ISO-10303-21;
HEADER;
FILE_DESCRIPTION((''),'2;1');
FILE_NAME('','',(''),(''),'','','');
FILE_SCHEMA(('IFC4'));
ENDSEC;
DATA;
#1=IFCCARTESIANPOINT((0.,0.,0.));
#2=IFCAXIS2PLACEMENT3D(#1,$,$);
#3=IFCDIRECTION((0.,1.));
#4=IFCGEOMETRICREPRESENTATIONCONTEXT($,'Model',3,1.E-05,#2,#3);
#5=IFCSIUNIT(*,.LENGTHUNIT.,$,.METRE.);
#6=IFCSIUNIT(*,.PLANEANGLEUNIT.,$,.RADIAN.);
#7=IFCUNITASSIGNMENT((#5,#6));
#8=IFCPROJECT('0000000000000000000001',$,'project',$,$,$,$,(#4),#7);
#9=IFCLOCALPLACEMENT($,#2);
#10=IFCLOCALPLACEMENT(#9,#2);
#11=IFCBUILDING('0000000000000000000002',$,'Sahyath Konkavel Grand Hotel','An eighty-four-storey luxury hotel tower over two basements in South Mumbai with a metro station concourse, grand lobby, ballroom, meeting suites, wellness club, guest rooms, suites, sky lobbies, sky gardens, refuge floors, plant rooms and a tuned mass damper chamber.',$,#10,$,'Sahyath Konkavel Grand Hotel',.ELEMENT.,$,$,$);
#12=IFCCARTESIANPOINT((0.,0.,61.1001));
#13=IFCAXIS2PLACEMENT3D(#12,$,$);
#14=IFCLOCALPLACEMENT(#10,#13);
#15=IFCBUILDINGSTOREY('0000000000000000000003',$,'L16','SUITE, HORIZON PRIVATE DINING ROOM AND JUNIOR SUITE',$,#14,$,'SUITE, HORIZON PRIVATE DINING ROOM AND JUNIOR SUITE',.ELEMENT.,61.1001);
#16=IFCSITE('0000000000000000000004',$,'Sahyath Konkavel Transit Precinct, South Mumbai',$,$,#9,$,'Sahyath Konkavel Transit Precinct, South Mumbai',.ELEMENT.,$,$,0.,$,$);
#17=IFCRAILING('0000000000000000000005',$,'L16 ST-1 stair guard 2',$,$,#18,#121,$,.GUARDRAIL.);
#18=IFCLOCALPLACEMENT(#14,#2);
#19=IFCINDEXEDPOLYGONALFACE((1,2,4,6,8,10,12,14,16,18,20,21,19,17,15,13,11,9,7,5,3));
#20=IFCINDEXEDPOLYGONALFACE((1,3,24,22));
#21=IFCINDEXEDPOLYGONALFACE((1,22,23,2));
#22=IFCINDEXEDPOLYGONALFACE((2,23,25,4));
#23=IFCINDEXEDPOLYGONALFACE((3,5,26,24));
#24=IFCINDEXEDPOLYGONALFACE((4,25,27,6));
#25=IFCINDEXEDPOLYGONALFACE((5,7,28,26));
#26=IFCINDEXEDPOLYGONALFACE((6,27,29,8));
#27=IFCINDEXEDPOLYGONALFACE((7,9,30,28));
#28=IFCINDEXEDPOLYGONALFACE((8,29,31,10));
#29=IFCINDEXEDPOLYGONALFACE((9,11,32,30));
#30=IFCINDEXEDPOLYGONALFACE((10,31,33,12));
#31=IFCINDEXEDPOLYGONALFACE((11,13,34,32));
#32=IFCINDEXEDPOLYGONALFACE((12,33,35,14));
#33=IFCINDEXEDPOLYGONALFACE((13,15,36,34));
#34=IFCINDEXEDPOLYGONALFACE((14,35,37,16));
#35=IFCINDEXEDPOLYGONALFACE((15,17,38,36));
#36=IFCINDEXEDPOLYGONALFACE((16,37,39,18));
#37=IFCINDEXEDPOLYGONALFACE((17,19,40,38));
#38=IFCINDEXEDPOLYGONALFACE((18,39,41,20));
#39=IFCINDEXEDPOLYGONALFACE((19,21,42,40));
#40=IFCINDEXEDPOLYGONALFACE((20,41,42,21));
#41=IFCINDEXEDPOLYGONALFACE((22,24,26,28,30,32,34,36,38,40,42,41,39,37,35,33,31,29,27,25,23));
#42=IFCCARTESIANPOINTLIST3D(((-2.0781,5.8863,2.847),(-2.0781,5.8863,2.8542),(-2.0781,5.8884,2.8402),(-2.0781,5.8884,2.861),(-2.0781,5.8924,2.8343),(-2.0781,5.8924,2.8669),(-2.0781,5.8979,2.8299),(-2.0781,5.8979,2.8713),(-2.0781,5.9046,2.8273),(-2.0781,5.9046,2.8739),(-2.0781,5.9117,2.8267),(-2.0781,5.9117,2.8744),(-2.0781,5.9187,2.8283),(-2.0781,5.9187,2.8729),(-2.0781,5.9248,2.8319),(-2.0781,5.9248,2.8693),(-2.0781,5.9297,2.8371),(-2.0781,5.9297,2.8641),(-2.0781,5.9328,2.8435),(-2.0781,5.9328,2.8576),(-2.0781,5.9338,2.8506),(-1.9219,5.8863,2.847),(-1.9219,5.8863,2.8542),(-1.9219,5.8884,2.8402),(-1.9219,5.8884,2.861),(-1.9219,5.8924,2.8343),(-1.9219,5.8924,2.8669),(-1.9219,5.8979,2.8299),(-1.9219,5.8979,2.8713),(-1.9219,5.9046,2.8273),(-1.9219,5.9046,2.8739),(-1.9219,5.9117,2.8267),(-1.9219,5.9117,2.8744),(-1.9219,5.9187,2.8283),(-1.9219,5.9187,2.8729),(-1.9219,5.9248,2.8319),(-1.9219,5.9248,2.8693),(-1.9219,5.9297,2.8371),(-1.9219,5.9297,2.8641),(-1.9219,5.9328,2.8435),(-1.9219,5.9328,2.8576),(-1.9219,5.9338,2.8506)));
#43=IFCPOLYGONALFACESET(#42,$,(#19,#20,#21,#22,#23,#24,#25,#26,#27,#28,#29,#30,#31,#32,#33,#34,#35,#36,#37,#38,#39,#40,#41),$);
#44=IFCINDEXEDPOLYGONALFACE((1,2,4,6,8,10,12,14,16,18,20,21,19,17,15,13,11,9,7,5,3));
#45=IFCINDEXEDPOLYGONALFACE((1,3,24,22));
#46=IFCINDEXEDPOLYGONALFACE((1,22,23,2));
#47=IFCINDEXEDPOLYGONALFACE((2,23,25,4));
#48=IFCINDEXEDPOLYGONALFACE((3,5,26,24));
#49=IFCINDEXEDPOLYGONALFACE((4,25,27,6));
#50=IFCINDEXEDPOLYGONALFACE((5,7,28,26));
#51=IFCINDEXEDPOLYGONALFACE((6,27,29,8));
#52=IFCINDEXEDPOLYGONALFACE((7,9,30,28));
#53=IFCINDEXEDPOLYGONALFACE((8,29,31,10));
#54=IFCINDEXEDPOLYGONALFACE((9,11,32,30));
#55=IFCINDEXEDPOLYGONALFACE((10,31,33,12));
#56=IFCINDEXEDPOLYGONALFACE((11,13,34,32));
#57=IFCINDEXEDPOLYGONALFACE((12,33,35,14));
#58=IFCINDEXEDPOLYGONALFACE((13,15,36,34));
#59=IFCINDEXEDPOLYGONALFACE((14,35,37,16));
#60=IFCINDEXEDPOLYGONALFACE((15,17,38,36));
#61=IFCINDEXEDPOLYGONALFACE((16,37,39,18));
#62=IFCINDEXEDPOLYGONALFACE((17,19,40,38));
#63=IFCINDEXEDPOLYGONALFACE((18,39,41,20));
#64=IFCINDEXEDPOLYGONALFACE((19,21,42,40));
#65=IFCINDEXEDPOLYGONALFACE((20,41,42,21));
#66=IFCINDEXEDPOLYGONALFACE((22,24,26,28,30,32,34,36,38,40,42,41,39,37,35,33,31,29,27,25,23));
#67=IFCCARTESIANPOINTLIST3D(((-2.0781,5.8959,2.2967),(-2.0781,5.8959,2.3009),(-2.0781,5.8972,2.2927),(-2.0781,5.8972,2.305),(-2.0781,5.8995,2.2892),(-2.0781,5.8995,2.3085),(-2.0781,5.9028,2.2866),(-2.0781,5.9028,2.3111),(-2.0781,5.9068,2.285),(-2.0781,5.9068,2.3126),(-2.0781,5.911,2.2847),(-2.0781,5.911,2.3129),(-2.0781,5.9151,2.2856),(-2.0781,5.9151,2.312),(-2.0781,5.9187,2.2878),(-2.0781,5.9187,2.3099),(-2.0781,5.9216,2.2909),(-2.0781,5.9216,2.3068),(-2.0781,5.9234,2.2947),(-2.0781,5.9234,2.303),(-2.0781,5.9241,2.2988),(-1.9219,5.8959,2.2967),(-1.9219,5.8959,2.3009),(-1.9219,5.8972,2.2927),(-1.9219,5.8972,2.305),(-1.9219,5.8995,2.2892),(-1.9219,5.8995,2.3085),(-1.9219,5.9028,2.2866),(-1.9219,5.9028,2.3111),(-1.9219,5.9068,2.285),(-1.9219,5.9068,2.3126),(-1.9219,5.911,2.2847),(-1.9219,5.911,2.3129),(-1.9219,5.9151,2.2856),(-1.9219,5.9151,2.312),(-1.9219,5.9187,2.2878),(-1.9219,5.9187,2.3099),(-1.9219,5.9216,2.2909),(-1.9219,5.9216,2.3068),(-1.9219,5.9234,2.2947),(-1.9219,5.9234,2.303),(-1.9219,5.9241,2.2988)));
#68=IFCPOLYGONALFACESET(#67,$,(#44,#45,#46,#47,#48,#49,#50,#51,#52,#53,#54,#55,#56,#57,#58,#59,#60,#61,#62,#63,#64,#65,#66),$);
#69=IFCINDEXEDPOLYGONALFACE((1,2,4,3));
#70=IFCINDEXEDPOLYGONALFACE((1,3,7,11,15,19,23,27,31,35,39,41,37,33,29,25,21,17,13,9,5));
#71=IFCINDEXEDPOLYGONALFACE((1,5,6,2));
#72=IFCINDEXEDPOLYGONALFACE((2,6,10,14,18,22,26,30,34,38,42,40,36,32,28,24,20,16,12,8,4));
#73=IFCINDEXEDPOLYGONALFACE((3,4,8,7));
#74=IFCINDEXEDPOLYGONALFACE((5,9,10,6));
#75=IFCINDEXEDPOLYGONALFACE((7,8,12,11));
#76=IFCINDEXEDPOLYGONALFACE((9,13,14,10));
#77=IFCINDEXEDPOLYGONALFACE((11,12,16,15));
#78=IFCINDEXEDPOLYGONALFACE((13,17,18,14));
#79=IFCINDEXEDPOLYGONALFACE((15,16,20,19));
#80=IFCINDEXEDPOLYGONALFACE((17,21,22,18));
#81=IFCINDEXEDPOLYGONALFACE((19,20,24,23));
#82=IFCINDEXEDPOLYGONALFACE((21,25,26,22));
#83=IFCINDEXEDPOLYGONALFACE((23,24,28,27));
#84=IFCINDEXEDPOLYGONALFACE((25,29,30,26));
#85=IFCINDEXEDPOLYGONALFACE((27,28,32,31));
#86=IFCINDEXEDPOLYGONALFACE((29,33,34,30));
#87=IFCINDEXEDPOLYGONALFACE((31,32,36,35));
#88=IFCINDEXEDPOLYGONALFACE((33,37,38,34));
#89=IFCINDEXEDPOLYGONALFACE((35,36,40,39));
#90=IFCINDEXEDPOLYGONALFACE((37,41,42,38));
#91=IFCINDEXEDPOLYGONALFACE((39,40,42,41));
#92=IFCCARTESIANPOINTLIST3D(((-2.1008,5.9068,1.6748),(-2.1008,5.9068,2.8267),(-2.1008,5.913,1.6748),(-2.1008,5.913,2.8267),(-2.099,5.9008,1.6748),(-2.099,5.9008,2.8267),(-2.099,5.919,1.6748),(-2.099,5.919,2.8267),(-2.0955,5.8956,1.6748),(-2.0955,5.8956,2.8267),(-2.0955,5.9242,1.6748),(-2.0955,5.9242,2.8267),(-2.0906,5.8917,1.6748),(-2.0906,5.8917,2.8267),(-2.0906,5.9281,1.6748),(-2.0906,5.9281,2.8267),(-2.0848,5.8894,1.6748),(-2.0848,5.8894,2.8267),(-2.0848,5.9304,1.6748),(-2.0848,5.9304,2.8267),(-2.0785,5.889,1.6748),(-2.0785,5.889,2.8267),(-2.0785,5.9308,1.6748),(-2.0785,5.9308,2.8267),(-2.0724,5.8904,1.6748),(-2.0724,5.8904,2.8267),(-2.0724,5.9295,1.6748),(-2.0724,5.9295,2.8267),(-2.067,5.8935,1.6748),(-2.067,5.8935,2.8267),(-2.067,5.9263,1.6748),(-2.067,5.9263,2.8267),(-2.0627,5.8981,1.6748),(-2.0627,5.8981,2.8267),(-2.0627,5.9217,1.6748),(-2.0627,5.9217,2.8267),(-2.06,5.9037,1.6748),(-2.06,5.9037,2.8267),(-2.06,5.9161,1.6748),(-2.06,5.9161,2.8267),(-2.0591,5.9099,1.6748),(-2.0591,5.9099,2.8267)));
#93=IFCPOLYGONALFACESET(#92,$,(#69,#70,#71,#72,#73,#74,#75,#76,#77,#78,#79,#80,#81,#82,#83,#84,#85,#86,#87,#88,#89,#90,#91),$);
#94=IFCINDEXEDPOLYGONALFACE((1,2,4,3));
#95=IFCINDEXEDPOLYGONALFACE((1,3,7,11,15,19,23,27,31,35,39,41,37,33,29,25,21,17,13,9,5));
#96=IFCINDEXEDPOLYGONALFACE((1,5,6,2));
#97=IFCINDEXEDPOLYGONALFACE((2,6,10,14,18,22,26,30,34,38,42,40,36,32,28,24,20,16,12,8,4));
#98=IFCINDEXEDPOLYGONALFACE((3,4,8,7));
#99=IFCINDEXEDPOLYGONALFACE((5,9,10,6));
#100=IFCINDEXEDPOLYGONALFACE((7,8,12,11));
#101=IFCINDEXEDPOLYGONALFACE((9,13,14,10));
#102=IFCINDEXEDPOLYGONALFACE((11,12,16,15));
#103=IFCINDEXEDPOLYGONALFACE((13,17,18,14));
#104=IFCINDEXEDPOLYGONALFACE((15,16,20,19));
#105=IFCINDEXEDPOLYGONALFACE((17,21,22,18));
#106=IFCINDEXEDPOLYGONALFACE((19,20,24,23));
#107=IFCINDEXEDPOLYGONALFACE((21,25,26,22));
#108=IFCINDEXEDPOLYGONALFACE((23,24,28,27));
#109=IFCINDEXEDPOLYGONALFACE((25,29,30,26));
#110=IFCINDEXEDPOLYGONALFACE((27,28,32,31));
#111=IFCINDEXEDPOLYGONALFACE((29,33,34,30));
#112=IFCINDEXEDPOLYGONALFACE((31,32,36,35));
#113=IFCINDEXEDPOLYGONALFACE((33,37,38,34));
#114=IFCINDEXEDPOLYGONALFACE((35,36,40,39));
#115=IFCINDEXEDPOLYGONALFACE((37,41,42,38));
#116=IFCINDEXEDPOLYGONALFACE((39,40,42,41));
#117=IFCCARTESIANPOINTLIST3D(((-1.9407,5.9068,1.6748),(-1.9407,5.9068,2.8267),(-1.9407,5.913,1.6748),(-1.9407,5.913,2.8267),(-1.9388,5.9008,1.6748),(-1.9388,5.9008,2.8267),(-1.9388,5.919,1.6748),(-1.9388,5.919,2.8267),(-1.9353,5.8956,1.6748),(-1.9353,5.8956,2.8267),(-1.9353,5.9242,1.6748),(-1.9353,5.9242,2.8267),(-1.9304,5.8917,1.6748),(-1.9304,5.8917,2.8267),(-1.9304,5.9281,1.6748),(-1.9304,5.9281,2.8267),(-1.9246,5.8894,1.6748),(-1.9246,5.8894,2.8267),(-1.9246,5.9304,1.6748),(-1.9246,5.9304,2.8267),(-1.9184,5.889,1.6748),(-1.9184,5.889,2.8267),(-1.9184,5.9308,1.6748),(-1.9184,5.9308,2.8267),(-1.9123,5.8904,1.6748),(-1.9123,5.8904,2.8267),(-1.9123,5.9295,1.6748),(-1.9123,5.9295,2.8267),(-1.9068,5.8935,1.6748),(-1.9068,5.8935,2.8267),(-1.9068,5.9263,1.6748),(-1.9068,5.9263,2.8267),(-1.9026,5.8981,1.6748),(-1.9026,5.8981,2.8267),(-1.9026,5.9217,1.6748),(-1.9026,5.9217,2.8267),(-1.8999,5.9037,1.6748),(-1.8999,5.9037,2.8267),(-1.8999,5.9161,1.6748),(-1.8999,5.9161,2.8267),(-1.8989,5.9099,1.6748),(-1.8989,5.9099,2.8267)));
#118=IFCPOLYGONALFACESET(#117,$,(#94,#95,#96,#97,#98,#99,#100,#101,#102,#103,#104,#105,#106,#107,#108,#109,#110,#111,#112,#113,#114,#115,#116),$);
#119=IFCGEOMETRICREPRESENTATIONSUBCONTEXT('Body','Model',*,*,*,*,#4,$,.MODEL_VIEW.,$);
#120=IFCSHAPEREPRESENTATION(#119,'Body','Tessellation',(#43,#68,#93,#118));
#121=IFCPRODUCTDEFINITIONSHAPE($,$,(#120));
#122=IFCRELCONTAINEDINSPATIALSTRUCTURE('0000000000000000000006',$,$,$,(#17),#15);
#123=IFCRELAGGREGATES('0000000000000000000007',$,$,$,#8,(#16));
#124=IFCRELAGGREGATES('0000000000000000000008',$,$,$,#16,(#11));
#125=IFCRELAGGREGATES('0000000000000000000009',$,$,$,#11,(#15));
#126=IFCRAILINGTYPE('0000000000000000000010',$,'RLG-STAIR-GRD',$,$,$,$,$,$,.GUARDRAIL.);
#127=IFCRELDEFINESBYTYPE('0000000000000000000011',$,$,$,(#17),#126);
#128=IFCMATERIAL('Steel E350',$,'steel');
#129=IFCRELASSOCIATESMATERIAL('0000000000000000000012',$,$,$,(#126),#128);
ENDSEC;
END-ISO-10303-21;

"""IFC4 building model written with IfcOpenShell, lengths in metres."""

from ifc_helpers import new_model, si_unit, direction, frame, origin, origin_2d, place, context, subcontext, project, spatial, circle, extrude, material, type_object, element, save


model = new_model("IFC4")

# Units and contexts
model_context = context("Model", 3, precision=1e-05, world=origin(), true_north=direction((0.0, 1.0)))
body_context = subcontext(model_context, "Body", "Model", "MODEL_VIEW")
ifc_project = project(units=[si_unit("LENGTHUNIT", "METRE"), si_unit("PLANEANGLEUNIT", "RADIAN")], contexts=[model_context])

# Site, building, storey
site_placement = place(None, origin())
site = spatial("IfcSite", under=ifc_project, at=site_placement, Name="Sahyath Konkavel Transit Precinct, South Mumbai", LongName="Sahyath Konkavel Transit Precinct, South Mumbai", CompositionType="ELEMENT", RefElevation=0.0)
building_placement = place(site_placement, origin())
building = spatial("IfcBuilding", under=site, at=building_placement, Name="Sahyath Konkavel Grand Hotel", Description="An eighty-four-storey luxury hotel tower over two basements in South Mumbai with a metro station concourse, grand lobby, ballroom, meeting suites, wellness club, guest rooms, suites, sky lobbies, sky gardens, refuge floors, plant rooms and a tuned mass damper chamber.", LongName="Sahyath Konkavel Grand Hotel", CompositionType="ELEMENT")
storey_placement = place(building_placement, frame((0.0, 0.0, 61.1001)))
storey = spatial("IfcBuildingStorey", under=building, at=storey_placement, Name="L16", Description="SUITE, HORIZON PRIVATE DINING ROOM AND JUNIOR SUITE", LongName="SUITE, HORIZON PRIVATE DINING ROOM AND JUNIOR SUITE", CompositionType="ELEMENT", Elevation=61.1001)

# Shared definitions
ifc_material_1 = material(Name="Steel E350", Category="steel")

# Railing
railing_type_1 = type_object("IfcRailingType", Name="RLG-STAIR-GRD", PredefinedType="GUARDRAIL", material=ifc_material_1)
railing_1_placement = place(storey_placement, frame((-2.0801, 5.9099, 1.6748)))
element("IfcRailing", 1, at=railing_1_placement, inside=storey, type_object=railing_type_1, Name="L16 ST-1 stair guard 2", PredefinedType="GUARDRAIL", context=body_context, shape_type="SweptSolid", body=[
    extrude(circle(Radius=0.0239, at=origin_2d()), frame((0.002, 0.0, 1.1758), z_axis=(1.0, 0.0, 0.0), x_axis=(0.0, 1.0, 0.0)), (0.0, 0.0, 1.0), 0.1562),
    extrude(circle(Radius=0.0142, at=origin_2d()), frame((0.002, 0.0, 0.624), z_axis=(1.0, 0.0, 0.0), x_axis=(0.0, 1.0, 0.0)), (0.0, 0.0, 1.0), 0.1562),
    extrude(circle(Radius=0.021, at=origin_2d()), origin(), (0.0, 0.0, 1.0), 1.1519),
    extrude(circle(Radius=0.021, at=origin_2d()), frame((0.1602, 0.0, 0.0)), (0.0, 0.0, 1.0), 1.1519),
])

save(model, "model.ifc")
